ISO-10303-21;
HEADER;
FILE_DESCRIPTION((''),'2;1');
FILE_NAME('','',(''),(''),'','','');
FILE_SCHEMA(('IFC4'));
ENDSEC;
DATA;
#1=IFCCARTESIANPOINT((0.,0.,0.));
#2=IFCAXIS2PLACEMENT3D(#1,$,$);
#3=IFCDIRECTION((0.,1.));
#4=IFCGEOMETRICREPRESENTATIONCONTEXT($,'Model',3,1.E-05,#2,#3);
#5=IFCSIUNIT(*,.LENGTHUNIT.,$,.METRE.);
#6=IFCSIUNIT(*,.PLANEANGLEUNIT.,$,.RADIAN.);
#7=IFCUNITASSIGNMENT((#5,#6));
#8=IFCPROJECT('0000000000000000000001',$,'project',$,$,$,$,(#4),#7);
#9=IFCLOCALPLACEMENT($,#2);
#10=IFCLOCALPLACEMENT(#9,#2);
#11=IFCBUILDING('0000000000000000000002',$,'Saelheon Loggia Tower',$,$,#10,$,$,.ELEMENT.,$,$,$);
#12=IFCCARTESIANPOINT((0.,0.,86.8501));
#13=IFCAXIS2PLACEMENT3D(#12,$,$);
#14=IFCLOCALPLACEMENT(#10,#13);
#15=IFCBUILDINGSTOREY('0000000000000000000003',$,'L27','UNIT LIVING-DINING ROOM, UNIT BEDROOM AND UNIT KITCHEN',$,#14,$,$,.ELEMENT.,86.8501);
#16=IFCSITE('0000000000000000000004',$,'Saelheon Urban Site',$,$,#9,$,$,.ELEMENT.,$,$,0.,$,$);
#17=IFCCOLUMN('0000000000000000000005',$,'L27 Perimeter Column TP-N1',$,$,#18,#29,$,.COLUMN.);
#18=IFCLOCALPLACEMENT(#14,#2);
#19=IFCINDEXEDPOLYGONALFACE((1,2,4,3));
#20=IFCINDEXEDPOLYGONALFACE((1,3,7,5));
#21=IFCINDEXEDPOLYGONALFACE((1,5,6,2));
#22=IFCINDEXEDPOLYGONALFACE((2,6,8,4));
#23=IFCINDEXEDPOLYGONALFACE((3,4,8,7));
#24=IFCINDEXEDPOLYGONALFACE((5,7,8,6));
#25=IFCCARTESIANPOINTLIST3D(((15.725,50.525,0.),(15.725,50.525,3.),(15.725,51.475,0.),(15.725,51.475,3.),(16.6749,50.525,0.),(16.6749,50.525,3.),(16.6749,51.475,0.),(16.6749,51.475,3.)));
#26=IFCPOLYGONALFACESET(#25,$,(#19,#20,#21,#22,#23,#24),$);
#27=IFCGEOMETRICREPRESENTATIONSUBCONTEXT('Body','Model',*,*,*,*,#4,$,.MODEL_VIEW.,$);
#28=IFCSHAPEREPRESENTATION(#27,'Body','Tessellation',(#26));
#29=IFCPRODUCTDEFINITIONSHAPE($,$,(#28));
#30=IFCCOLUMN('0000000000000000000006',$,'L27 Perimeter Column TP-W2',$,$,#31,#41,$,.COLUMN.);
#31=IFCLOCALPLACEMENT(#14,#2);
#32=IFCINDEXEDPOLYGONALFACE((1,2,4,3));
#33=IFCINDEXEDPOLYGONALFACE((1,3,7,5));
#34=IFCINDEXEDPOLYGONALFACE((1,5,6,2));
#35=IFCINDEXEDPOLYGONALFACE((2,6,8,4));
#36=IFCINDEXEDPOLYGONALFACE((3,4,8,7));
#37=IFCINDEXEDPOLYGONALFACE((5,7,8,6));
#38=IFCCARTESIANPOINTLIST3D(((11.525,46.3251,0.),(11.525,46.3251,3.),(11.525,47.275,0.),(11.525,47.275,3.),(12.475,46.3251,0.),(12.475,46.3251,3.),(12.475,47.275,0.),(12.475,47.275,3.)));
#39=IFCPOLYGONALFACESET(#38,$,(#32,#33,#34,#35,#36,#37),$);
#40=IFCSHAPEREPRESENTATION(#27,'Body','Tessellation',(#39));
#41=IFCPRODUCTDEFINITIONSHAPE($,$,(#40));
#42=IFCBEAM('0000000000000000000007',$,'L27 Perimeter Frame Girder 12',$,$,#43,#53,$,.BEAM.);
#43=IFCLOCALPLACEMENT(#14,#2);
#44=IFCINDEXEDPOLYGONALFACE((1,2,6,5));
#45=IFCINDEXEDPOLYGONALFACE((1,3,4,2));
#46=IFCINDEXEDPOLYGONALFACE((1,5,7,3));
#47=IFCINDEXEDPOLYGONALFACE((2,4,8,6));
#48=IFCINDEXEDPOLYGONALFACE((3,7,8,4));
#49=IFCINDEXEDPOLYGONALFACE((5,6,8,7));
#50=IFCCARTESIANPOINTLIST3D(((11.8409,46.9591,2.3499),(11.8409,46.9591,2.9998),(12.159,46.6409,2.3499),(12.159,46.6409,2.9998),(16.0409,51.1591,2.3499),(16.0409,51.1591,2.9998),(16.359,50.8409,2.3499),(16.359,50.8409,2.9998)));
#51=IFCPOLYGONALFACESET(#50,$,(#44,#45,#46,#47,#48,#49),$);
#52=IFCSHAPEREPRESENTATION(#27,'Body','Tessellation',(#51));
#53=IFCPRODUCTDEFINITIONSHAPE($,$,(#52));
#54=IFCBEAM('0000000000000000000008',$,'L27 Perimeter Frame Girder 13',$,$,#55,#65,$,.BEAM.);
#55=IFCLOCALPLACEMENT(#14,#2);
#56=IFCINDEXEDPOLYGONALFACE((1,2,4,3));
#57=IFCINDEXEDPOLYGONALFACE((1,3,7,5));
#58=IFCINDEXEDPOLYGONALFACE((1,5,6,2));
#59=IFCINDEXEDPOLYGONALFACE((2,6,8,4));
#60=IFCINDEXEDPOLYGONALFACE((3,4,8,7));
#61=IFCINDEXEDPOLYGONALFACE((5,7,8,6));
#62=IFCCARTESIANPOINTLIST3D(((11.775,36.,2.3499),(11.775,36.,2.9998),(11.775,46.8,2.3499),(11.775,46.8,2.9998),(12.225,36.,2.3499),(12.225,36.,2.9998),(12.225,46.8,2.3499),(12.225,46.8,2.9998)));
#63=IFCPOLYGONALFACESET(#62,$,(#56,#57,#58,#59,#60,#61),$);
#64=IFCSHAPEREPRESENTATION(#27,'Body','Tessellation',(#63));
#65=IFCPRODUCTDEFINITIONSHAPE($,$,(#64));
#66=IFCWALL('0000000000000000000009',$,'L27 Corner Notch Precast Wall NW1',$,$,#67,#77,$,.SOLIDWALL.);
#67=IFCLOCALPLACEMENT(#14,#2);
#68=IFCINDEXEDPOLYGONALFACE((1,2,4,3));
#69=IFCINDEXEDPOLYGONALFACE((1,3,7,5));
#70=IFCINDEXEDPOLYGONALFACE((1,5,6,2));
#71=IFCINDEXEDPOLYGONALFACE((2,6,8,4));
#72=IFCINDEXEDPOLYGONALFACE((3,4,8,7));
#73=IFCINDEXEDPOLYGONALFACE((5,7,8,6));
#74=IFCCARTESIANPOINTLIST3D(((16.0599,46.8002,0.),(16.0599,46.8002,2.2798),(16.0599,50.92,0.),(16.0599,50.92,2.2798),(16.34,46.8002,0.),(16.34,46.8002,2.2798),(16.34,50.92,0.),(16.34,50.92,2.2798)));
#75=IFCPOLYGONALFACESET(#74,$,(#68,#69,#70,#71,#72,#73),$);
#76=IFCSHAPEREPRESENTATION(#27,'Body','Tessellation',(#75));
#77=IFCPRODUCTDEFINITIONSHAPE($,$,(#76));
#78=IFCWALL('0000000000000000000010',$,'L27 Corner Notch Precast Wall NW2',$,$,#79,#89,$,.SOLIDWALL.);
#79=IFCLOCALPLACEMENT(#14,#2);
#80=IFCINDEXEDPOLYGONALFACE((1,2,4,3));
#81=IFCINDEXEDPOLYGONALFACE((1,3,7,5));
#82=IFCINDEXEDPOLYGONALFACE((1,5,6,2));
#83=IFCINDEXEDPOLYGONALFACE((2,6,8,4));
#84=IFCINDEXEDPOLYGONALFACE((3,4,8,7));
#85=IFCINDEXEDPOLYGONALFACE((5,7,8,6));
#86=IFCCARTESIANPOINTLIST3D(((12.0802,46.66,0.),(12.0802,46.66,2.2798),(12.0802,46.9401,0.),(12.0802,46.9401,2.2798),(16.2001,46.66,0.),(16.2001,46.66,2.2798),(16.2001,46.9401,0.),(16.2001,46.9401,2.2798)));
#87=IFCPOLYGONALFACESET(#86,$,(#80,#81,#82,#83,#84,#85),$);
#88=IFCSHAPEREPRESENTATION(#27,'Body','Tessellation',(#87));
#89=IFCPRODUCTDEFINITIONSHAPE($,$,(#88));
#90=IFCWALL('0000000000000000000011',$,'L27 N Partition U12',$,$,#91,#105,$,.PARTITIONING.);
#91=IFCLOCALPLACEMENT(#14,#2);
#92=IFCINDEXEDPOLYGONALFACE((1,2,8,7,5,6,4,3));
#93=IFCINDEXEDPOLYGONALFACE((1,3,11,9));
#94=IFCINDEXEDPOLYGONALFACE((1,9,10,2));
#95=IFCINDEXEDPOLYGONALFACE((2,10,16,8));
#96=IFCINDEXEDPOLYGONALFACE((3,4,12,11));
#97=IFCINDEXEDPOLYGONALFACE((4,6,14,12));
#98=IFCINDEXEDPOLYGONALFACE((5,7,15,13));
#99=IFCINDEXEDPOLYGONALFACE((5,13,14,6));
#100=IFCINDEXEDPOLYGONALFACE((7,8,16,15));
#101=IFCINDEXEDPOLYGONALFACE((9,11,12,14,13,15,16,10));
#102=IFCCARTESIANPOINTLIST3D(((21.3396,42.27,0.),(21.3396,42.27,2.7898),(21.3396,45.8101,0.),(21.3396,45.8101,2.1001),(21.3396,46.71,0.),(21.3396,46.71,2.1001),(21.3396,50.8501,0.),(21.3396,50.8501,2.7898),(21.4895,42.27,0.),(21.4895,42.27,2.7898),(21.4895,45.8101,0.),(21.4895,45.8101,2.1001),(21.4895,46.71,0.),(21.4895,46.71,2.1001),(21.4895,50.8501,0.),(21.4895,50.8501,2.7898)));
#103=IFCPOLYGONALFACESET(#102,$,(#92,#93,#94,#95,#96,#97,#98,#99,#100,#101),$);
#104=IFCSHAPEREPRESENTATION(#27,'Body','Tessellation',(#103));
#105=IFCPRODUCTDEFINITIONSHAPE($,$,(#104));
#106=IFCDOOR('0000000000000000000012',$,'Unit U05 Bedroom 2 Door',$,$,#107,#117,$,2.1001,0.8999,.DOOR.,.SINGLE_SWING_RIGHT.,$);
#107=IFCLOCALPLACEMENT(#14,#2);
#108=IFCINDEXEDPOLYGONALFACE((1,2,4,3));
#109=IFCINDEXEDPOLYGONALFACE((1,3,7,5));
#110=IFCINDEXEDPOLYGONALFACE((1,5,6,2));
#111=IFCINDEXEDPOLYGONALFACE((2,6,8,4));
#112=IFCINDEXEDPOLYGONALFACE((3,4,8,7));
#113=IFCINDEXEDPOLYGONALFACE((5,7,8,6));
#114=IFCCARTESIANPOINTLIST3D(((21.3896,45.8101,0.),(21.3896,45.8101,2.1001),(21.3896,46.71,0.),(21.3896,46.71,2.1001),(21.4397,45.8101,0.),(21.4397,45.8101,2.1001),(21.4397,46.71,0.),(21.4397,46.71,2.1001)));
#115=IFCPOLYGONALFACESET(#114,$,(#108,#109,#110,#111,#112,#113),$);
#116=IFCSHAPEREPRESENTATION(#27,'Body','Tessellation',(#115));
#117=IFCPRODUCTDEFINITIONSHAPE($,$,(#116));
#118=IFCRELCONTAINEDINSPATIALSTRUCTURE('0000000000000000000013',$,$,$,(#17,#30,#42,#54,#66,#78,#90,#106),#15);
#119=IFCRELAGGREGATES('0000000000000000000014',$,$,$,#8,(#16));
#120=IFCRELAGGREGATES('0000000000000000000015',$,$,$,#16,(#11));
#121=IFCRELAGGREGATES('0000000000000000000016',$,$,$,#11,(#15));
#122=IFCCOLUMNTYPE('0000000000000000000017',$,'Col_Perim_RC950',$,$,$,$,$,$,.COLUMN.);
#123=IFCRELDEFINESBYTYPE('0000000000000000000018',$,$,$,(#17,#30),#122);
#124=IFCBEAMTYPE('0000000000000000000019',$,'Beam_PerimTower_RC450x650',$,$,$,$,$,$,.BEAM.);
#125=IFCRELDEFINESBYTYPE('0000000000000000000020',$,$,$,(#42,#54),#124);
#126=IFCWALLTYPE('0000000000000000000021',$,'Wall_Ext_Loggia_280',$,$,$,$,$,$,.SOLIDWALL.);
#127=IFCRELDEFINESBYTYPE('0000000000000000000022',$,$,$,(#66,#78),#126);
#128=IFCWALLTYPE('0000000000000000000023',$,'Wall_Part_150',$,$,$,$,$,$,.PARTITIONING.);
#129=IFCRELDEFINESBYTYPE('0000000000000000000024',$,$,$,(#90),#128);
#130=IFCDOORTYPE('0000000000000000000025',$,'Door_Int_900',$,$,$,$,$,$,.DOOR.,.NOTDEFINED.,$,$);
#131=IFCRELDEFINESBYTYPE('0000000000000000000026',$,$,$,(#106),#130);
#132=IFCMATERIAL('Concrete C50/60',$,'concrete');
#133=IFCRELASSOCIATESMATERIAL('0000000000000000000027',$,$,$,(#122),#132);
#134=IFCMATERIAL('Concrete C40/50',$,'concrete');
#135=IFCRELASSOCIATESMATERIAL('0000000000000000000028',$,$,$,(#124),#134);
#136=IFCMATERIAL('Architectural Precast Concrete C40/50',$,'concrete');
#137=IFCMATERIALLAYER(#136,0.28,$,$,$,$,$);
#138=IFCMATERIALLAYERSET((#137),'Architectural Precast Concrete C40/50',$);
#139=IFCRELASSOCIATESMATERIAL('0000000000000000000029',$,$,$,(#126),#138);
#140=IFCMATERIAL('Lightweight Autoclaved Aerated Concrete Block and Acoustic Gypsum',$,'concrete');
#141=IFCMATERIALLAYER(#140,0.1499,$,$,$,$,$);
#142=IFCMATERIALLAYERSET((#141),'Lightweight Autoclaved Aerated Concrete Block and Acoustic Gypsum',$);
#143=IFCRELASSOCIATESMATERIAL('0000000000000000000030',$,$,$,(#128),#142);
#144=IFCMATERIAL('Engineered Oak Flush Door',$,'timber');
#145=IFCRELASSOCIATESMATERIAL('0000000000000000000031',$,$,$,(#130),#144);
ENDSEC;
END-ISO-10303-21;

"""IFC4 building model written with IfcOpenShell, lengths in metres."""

from ifc_helpers import new_model, si_unit, direction, frame, frame_2d, origin, origin_2d, place, context, subcontext, project, spatial, rectangle, extrude, source, transform, mapped, material, layer, layer_set, material_profile, profile_set, type_object, element, fill, save


model = new_model("IFC4")

# Units and contexts
model_context = context("Model", 3, precision=1e-05, world=origin(), true_north=direction((0.0, 1.0)))
body_context = subcontext(model_context, "Body", "Model", "MODEL_VIEW")
ifc_project = project(units=[si_unit("LENGTHUNIT", "METRE"), si_unit("PLANEANGLEUNIT", "RADIAN")], contexts=[model_context])

# Site, building, storey
site_placement = place(None, origin())
site = spatial("IfcSite", under=ifc_project, at=site_placement, Name="Saelheon Urban Site", CompositionType="ELEMENT", RefElevation=0.0)
building_placement = place(site_placement, origin())
building = spatial("IfcBuilding", under=site, at=building_placement, Name="Saelheon Loggia Tower", CompositionType="ELEMENT")
storey_placement = place(building_placement, frame((0.0, 0.0, 86.8501)))
storey = spatial("IfcBuildingStorey", under=building, at=storey_placement, Name="L27", Description="UNIT LIVING-DINING ROOM, UNIT BEDROOM AND UNIT KITCHEN", CompositionType="ELEMENT", Elevation=86.8501)

# Columns
ifc_material_1 = material(Name="Concrete C50/60", Category="concrete")
ifc_material_profile_1 = material_profile(ifc_material_1, rectangle(XDim=0.95, YDim=0.95, at=origin_2d()), Name="RC-950x950")
ifc_profile_set_1 = profile_set([ifc_material_profile_1], Name="Concrete C50/60")
column_type = type_object("IfcColumnType", Name="Col_Perim_RC950", PredefinedType="COLUMN", material=ifc_profile_set_1)
shared_shape_1 = source(origin(), body_context, "Body", "SweptSolid", [
    extrude(rectangle(XDim=0.95, YDim=0.95, at=origin_2d()), origin(), (0.0, 0.0, 1.0), 3.0),
])
for number, where, z_axis, x_axis, name in (
    (1, (16.2, 51.0, 0.0), (0.0, 0.0, 1.0), (1.0, 0.0, 0.0), "L27 Perimeter Column TP-N1"),
    (2, (12.0, 46.8, 0.0), (0.0, 0.0, 1.0), (1.0, 0.0, 0.0), "L27 Perimeter Column TP-W2"),
):
    element("IfcColumn", number, at=place(storey_placement, frame(where, z_axis=z_axis, x_axis=x_axis)), inside=storey, type_object=column_type, Name=name, PredefinedType="COLUMN", context=body_context, shape_type="MappedRepresentation", body=[
        mapped(shared_shape_1, transform((0.0, 0.0, 0.0), scale=1.0)),
    ])

# Beams
ifc_material_2 = material(Name="Concrete C40/50", Category="concrete")
ifc_material_profile_2 = material_profile(ifc_material_2, rectangle(XDim=0.45, YDim=0.6499, at=origin_2d()), Name="RC-450x650")
ifc_profile_set_2 = profile_set([ifc_material_profile_2], Name="Concrete C40/50")
beam_type = type_object("IfcBeamType", Name="Beam_PerimTower_RC450x650", PredefinedType="BEAM", material=ifc_profile_set_2)
shared_shape_2 = source(origin(), body_context, "Body", "SweptSolid", [
    extrude(rectangle(XDim=0.45, YDim=0.6499, at=origin_2d()), origin(), (0.0, 0.0, 1.0), 5.9397),
])
beam_1_placement = place(storey_placement, frame((16.2, 51.0, 2.6748), z_axis=(-0.707107, -0.707107, 0.0), x_axis=(0.707107, -0.707107, 0.0)))
element("IfcBeam", 3, at=beam_1_placement, inside=storey, type_object=beam_type, Name="L27 Perimeter Frame Girder 12", PredefinedType="BEAM", context=body_context, shape_type="MappedRepresentation", body=[
    mapped(shared_shape_2, transform((0.0, 0.0, 0.0), scale=1.0)),
])
shared_shape_3 = source(origin(), body_context, "Body", "SweptSolid", [
    extrude(rectangle(XDim=0.45, YDim=0.6499, at=origin_2d()), origin(), (0.0, 0.0, 1.0), 10.8),
])
beam_2_placement = place(storey_placement, frame((12.0, 46.8, 2.6748), z_axis=(0.0, -1.0, 0.0), x_axis=(1.0, 0.0, 0.0)))
element("IfcBeam", 4, at=beam_2_placement, inside=storey, type_object=beam_type, Name="L27 Perimeter Frame Girder 13", PredefinedType="BEAM", context=body_context, shape_type="MappedRepresentation", body=[
    mapped(shared_shape_3, transform((0.0, 0.0, 0.0), scale=1.0)),
])

# Shared definitions
ifc_material_3 = material(Name="Architectural Precast Concrete C40/50", Category="concrete")
ifc_layer_1 = layer(ifc_material_3, 0.28)
ifc_layer_set_1 = layer_set([ifc_layer_1], Name="Architectural Precast Concrete C40/50")
wall_type_1 = type_object("IfcWallType", Name="Wall_Ext_Loggia_280", PredefinedType="SOLIDWALL", material=ifc_layer_set_1)

# Walls
for number, where, z_axis, x_axis, name in (
    (5, (16.2, 46.8, 0.0), (0.0, 0.0, 1.0), (0.0, 1.0, 0.0), "L27 Corner Notch Precast Wall NW1"),
    (6, (12.0801, 46.8, 0.0), (0.0, 0.0, 1.0), (1.0, 0.0, 0.0), "L27 Corner Notch Precast Wall NW2"),
):
    element("IfcWall", number, at=place(storey_placement, frame(where, z_axis=z_axis, x_axis=x_axis)), inside=storey, type_object=wall_type_1, Name=name, PredefinedType="SOLIDWALL", context=body_context, shape_type="SweptSolid", body=[
        extrude(rectangle(XDim=4.1199, YDim=0.28, at=frame_2d((2.0601, 0.0))), origin(), (0.0, 0.0, 1.0), 2.2798),
    ])

# Wall, opening, door
ifc_material_4 = material(Name="Lightweight Autoclaved Aerated Concrete Block and Acoustic Gypsum", Category="concrete")
ifc_layer_2 = layer(ifc_material_4, 0.1499)
ifc_layer_set_2 = layer_set([ifc_layer_2], Name="Lightweight Autoclaved Aerated Concrete Block and Acoustic Gypsum")
wall_type_2 = type_object("IfcWallType", Name="Wall_Part_150", PredefinedType="PARTITIONING", material=ifc_layer_set_2)
wall_1_placement = place(storey_placement, frame((21.4146, 42.27, 0.0), z_axis=(0.0, 0.0, 1.0), x_axis=(0.0, 1.0, 0.0)))
wall_1 = element("IfcWall", 7, at=wall_1_placement, inside=storey, type_object=wall_type_2, Name="L27 N Partition U12", PredefinedType="PARTITIONING", context=body_context, shape_type="SweptSolid", body=[
    extrude(rectangle(XDim=8.5801, YDim=0.1499, at=frame_2d((4.29, 0.0))), origin(), (0.0, 0.0, 1.0), 2.7898),
])
opening_1_placement = place(wall_1_placement, frame((3.54, 0.0, 0.0)))
opening_1 = element("IfcOpeningElement", 8, at=opening_1_placement, cuts=wall_1, PredefinedType="OPENING", context=body_context, shape_type="SweptSolid", body=[
    extrude(rectangle(XDim=0.8999, YDim=2.1001, at=frame_2d((0.45, 1.05))), frame((0.0, 0.0869, 0.0), z_axis=(0.0, -1.0, 0.0), x_axis=(1.0, 0.0, 0.0)), (0.0, 0.0, 1.0), 0.1738),
])
ifc_material_5 = material(Name="Engineered Oak Flush Door", Category="timber")
door_type_1 = type_object("IfcDoorType", Name="Door_Int_900", OperationType="NOTDEFINED", PredefinedType="DOOR", material=ifc_material_5)
shared_shape_4 = source(origin(), body_context, "Body", "SweptSolid", [
    extrude(rectangle(XDim=0.8999, YDim=2.1001, at=frame_2d((0.45, 1.05))), frame((0.0, 0.0249, 0.0), z_axis=(0.0, -1.0, 0.0), x_axis=(1.0, 0.0, 0.0)), (0.0, 0.0, 1.0), 0.05),
])
door_1_placement = place(opening_1_placement, origin())
door_1 = element("IfcDoor", 9, at=door_1_placement, inside=storey, type_object=door_type_1, Name="Unit U05 Bedroom 2 Door", OperationType="SINGLE_SWING_RIGHT", OverallHeight=2.1001, OverallWidth=0.8999, PredefinedType="DOOR", context=body_context, shape_type="MappedRepresentation", body=[
    mapped(shared_shape_4, transform((0.0, 0.0, 0.0), scale=1.0)),
])
fill(opening_1, door_1)

save(model, "model.ifc")
